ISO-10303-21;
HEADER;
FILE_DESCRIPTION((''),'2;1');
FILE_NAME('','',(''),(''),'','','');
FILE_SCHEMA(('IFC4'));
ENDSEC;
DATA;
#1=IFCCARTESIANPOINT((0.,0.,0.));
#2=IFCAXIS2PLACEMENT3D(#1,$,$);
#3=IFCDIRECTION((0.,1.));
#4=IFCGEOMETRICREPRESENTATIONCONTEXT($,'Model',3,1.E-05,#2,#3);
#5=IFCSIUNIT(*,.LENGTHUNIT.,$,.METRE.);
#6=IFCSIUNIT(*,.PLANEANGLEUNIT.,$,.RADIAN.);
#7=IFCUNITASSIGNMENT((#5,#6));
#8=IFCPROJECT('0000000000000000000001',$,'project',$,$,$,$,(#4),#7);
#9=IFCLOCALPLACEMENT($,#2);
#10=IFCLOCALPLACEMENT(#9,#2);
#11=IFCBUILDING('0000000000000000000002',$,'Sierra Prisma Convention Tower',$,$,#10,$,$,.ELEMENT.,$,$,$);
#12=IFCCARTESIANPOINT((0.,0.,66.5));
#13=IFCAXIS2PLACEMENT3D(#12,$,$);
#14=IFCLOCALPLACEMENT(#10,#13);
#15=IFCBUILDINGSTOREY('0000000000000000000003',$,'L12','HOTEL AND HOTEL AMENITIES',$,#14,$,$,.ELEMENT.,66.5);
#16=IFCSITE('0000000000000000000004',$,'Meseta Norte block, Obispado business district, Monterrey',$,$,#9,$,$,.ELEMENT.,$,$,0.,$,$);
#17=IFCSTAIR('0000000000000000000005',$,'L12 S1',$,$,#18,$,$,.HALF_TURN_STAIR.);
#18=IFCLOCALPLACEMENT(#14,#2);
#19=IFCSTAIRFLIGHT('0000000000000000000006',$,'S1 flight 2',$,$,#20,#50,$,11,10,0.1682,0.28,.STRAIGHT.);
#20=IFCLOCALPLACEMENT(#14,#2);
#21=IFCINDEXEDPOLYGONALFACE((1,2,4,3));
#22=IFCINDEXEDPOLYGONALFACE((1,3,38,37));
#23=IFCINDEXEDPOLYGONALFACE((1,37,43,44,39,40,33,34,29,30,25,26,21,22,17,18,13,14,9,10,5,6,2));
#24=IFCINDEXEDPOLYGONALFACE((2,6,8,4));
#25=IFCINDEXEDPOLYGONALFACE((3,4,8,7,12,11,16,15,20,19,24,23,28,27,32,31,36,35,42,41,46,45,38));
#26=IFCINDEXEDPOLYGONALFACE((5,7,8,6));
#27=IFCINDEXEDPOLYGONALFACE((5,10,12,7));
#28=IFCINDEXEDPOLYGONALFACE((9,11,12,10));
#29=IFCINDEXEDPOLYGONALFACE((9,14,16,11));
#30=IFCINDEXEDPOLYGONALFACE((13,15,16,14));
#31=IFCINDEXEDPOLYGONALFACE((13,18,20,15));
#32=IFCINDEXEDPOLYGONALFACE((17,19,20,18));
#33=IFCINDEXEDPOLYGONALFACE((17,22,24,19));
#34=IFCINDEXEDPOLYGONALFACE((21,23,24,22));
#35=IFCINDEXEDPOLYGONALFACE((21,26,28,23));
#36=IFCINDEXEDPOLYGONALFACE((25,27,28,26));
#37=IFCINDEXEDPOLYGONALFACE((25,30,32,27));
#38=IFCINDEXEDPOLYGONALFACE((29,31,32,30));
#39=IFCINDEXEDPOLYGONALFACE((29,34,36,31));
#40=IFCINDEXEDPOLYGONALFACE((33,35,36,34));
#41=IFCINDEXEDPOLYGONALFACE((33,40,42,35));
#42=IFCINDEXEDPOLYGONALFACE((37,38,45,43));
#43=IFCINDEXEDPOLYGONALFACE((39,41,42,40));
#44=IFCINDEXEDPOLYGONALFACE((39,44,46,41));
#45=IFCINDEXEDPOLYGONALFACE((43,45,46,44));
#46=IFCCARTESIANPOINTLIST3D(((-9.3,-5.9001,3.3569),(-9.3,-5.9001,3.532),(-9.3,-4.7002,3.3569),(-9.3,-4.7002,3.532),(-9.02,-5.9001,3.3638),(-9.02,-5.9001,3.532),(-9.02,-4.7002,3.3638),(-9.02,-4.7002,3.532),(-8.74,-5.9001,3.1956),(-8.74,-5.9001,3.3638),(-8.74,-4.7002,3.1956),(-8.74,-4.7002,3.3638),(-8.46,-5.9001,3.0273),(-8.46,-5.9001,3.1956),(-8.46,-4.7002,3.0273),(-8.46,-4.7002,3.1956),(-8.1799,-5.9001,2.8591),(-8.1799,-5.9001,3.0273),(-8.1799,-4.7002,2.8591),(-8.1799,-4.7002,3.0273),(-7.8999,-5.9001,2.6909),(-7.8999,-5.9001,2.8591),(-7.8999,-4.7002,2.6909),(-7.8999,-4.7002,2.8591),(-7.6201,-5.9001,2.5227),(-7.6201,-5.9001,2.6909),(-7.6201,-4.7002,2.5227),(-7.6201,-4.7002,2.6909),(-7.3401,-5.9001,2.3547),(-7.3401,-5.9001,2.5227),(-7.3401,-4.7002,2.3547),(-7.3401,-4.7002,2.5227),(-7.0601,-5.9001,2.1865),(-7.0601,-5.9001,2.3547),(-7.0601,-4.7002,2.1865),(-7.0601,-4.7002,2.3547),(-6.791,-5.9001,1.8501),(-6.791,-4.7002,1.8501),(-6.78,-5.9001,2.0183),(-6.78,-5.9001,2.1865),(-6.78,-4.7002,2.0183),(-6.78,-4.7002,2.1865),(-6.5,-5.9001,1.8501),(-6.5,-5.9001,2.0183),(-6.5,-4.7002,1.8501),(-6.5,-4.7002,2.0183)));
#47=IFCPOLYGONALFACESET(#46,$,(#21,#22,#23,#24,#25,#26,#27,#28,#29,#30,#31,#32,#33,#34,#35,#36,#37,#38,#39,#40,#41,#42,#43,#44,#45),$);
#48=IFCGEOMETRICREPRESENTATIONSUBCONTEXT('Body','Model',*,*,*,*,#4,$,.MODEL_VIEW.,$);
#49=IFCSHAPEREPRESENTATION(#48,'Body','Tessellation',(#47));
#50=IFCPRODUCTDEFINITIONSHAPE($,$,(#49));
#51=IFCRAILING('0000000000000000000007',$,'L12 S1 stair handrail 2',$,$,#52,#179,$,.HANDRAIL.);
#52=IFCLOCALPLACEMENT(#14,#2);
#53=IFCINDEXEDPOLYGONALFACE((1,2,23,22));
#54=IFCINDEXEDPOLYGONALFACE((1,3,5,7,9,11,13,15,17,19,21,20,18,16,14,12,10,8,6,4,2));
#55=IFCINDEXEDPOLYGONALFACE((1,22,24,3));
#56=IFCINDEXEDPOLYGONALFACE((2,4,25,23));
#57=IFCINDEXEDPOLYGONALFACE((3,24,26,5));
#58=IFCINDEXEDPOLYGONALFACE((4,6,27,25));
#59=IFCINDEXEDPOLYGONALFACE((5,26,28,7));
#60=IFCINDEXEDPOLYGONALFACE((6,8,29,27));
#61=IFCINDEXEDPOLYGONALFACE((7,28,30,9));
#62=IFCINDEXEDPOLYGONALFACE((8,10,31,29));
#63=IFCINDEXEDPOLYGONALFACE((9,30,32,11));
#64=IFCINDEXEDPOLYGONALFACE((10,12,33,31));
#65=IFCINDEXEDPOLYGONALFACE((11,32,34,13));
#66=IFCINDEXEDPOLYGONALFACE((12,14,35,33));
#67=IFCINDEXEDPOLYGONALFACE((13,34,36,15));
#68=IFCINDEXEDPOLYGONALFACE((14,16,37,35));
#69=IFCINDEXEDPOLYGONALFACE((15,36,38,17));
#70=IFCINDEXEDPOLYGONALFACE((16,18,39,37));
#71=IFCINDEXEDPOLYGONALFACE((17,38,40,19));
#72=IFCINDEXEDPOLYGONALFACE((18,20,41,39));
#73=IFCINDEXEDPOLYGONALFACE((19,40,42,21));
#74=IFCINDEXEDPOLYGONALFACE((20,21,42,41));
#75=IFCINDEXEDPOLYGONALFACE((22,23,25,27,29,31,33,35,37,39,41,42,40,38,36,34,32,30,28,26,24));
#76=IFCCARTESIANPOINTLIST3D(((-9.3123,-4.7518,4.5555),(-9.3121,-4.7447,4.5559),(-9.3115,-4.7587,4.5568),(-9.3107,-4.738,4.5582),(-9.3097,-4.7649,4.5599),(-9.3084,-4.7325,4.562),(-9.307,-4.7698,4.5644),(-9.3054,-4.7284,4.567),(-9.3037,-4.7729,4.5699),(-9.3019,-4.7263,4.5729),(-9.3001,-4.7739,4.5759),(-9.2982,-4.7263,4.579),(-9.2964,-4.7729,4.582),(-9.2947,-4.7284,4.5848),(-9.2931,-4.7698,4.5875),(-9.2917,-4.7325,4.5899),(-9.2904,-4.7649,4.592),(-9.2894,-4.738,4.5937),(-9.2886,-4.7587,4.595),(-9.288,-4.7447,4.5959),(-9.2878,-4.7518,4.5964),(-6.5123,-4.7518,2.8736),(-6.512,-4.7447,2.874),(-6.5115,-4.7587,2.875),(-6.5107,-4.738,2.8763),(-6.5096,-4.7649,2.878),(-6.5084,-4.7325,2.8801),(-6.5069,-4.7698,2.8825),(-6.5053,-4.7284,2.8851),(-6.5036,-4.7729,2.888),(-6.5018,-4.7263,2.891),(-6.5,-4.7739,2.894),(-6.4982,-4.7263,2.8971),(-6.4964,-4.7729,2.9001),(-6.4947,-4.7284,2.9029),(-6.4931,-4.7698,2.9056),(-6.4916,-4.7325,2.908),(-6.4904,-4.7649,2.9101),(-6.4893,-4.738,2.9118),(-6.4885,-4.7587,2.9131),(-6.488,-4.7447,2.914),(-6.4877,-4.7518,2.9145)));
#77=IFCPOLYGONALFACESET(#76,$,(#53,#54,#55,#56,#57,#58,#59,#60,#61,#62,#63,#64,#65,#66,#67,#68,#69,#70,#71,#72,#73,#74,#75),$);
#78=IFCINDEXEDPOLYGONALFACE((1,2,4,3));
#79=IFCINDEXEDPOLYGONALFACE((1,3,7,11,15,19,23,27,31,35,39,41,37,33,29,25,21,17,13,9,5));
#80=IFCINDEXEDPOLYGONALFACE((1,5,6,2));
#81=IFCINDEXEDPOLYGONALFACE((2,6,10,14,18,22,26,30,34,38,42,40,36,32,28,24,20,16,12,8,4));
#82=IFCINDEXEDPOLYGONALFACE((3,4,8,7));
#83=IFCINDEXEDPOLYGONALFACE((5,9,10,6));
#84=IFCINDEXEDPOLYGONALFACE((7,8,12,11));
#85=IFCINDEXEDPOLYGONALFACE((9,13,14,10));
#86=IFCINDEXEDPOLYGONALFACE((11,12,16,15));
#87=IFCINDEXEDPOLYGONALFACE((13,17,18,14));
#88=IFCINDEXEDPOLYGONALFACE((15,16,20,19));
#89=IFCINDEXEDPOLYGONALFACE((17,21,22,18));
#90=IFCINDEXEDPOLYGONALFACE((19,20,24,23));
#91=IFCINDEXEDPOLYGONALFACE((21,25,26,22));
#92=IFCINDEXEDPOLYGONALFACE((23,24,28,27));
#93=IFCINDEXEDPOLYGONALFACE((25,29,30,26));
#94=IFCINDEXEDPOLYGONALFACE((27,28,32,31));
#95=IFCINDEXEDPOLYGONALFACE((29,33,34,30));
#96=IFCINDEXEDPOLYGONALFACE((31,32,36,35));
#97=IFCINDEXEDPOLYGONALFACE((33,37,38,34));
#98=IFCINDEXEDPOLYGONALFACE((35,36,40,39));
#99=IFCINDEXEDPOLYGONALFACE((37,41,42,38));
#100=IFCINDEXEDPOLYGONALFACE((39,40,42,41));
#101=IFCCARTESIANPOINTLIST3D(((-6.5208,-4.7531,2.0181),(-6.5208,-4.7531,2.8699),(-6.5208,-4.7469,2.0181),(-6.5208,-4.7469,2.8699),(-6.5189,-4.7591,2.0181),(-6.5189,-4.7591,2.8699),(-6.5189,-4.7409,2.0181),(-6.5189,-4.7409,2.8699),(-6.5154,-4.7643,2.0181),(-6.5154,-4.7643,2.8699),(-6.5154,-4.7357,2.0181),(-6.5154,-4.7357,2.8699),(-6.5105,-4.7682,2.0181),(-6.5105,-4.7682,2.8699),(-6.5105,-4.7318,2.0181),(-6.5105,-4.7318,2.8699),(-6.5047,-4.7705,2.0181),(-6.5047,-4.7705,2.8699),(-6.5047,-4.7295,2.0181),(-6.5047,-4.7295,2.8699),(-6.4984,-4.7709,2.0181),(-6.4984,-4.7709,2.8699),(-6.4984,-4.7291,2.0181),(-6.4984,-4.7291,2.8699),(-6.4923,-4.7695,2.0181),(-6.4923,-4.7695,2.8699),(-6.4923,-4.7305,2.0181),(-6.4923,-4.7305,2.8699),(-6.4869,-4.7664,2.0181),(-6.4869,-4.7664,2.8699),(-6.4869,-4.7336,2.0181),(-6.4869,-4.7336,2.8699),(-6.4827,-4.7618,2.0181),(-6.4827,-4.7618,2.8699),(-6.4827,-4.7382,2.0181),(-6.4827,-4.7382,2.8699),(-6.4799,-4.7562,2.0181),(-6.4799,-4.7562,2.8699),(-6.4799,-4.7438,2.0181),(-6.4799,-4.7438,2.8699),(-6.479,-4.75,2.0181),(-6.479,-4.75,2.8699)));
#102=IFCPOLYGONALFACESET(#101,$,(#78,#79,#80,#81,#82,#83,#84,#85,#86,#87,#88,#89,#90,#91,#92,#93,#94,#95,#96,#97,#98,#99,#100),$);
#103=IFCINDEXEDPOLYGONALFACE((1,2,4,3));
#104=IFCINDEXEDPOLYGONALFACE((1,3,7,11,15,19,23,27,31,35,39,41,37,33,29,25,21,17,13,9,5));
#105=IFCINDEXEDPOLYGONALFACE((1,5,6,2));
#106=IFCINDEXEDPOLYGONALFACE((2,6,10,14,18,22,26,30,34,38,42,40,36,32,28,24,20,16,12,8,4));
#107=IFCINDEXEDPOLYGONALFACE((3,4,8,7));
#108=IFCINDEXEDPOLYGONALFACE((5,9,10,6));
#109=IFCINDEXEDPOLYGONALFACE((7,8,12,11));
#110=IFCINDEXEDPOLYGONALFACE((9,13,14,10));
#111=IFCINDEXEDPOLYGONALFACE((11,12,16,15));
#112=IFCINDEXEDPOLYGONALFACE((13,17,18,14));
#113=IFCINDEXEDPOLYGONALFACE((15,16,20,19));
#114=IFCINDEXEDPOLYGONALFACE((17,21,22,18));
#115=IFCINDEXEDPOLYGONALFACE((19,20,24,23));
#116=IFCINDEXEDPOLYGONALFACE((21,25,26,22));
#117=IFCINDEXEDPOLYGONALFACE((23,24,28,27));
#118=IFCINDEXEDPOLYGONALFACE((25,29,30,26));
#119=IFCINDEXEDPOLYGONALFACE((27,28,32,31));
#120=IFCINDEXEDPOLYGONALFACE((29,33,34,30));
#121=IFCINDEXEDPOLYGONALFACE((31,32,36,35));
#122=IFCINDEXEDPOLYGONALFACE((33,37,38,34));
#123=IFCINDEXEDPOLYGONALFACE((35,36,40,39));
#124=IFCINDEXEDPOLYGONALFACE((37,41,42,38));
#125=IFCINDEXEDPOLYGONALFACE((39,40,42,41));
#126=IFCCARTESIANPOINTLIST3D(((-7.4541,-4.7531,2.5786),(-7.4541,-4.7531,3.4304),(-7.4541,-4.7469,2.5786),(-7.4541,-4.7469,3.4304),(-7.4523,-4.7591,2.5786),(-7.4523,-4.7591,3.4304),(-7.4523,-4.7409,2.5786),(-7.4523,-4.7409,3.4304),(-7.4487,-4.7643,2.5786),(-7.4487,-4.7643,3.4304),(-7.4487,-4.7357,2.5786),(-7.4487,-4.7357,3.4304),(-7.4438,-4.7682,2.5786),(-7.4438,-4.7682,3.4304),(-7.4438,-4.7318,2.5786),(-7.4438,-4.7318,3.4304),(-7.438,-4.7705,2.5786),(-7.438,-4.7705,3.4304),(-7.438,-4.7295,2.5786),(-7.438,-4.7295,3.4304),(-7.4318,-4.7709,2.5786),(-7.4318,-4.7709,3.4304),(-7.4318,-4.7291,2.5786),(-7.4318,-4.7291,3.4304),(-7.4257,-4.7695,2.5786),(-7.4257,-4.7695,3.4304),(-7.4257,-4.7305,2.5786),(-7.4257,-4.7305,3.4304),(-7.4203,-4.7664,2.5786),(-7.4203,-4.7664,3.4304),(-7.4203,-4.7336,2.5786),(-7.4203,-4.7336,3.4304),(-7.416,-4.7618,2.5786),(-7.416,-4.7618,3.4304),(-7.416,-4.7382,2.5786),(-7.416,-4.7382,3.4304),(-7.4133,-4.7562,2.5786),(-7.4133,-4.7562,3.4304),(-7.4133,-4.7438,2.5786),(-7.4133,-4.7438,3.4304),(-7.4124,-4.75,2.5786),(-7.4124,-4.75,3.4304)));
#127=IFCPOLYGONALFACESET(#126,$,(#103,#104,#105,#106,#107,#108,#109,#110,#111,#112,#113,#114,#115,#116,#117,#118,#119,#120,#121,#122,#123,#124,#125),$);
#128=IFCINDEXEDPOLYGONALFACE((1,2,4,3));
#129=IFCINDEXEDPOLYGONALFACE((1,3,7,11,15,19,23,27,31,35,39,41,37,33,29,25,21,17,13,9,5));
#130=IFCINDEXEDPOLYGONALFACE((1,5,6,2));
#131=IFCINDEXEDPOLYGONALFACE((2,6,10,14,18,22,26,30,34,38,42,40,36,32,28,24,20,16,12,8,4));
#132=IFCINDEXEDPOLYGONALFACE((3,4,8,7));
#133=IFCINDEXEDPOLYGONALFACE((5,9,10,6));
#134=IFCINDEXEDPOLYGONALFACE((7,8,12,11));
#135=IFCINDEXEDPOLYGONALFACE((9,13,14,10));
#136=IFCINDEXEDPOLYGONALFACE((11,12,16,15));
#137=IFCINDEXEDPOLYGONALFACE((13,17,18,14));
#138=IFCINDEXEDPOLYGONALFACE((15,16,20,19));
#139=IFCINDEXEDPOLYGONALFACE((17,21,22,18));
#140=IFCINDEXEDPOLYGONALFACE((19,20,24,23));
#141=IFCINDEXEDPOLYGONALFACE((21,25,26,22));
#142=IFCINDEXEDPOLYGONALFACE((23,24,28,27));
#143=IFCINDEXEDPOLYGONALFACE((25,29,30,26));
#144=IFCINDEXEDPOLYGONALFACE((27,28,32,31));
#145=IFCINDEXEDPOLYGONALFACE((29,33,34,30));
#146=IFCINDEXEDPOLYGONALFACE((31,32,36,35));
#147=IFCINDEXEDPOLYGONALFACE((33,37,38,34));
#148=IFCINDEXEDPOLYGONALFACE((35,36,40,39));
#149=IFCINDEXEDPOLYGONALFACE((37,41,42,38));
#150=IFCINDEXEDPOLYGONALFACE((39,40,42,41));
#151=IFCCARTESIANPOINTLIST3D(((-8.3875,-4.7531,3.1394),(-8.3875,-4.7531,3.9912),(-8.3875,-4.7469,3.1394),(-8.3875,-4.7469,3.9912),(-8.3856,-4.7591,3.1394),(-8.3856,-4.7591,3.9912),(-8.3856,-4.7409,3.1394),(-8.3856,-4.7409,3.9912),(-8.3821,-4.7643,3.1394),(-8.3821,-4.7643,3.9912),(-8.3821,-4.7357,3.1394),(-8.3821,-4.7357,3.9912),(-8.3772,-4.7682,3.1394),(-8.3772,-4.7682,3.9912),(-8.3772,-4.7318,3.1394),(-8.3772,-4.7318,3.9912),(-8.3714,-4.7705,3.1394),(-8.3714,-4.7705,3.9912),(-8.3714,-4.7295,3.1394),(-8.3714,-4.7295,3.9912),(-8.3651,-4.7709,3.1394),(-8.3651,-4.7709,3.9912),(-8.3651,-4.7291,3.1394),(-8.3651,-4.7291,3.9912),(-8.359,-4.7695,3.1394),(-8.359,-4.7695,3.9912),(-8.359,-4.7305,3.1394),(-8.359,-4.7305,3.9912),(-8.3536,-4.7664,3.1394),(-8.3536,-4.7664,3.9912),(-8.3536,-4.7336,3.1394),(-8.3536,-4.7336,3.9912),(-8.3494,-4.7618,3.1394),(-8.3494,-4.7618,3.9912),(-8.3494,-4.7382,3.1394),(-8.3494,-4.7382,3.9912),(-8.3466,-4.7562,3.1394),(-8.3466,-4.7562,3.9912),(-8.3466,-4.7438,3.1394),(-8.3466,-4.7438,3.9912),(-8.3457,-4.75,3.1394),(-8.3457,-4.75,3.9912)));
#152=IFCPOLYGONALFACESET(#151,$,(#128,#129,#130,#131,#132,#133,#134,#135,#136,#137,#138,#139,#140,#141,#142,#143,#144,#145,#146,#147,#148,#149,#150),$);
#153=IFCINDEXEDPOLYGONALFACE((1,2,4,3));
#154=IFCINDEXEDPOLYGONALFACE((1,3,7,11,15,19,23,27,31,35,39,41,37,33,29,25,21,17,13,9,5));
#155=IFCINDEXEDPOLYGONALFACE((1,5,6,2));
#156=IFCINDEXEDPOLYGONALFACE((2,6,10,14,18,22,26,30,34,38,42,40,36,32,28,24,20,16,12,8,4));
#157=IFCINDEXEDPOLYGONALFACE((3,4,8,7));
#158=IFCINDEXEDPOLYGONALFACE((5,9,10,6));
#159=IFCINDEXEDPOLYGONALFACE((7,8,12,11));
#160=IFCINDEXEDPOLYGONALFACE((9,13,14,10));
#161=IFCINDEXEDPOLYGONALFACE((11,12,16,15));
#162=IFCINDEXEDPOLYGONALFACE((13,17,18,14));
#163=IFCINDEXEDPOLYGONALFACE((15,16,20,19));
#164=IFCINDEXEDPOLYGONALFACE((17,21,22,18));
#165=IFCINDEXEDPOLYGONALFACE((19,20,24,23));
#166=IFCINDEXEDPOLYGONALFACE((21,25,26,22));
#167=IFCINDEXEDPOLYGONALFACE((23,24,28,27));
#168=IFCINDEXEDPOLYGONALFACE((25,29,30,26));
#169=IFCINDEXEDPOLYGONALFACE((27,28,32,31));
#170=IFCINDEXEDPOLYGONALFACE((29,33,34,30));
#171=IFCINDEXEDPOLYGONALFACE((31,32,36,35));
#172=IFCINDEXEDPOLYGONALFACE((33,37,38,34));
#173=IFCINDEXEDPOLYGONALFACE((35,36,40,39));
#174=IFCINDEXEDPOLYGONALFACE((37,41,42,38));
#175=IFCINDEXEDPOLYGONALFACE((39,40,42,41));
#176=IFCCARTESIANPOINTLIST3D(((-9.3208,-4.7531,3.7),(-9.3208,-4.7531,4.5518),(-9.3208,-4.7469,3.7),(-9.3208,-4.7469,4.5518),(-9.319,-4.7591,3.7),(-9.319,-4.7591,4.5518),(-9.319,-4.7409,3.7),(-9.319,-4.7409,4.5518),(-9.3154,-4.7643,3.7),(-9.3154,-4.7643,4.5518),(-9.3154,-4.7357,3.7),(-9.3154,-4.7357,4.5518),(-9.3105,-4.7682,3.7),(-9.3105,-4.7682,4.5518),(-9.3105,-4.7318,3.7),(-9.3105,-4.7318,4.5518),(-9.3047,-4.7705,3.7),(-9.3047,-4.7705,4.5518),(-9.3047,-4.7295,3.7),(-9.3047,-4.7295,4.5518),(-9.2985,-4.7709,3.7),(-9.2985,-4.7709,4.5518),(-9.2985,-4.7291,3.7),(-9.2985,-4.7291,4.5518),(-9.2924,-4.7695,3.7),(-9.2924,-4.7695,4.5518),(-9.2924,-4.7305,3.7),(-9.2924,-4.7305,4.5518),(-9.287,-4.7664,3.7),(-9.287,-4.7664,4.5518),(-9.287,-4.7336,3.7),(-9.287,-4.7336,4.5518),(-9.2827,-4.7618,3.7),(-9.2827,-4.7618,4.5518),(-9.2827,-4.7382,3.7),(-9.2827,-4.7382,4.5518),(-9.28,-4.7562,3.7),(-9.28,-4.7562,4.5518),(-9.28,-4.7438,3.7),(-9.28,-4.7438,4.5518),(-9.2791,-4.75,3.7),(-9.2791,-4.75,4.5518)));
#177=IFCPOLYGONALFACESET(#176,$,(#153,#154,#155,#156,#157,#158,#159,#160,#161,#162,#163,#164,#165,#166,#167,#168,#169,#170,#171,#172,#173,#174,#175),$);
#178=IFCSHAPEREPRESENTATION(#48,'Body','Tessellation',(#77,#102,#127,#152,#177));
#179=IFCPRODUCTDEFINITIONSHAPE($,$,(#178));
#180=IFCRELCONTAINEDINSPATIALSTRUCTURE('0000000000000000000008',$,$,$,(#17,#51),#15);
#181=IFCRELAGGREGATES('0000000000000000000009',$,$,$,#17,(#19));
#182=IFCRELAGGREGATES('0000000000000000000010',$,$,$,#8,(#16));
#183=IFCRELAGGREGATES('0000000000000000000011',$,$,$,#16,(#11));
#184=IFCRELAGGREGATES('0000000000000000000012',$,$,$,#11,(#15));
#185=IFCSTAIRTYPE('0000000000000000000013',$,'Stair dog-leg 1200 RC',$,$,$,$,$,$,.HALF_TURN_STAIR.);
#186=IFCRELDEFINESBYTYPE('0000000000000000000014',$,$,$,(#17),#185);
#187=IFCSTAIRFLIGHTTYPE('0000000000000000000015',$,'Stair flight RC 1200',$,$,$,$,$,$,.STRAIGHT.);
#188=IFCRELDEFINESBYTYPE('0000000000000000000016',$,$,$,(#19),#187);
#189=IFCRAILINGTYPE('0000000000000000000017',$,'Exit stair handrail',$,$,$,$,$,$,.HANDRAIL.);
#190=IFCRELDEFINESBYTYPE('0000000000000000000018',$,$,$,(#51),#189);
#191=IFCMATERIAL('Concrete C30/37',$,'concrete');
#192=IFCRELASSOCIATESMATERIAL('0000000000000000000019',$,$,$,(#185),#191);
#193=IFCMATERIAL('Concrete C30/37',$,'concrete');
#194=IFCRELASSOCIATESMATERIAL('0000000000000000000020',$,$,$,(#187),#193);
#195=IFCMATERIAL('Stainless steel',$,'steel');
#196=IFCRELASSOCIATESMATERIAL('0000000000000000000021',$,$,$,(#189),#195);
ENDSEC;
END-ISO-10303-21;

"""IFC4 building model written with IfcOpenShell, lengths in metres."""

from ifc_helpers import new_model, si_unit, direction, frame, origin, origin_2d, place, context, subcontext, project, spatial, polyline, circle, outline, extrude, material, type_object, element, aggregate, save


model = new_model("IFC4")

# Units and contexts
model_context = context("Model", 3, precision=1e-05, world=origin(), true_north=direction((0.0, 1.0)))
body_context = subcontext(model_context, "Body", "Model", "MODEL_VIEW")
ifc_project = project(units=[si_unit("LENGTHUNIT", "METRE"), si_unit("PLANEANGLEUNIT", "RADIAN")], contexts=[model_context])

# Site, building, storey
site_placement = place(None, origin())
site = spatial("IfcSite", under=ifc_project, at=site_placement, Name="Meseta Norte block, Obispado business district, Monterrey", CompositionType="ELEMENT", RefElevation=0.0)
building_placement = place(site_placement, origin())
building = spatial("IfcBuilding", under=site, at=building_placement, Name="Sierra Prisma Convention Tower", CompositionType="ELEMENT")
storey_placement = place(building_placement, frame((0.0, 0.0, 66.5)))
storey = spatial("IfcBuildingStorey", under=building, at=storey_placement, Name="L12", Description="HOTEL AND HOTEL AMENITIES", CompositionType="ELEMENT", Elevation=66.5)

# Stair, stair flight
ifc_material_1 = material(Name="Concrete C30/37", Category="concrete")
stair_type = type_object("IfcStairType", Name="Stair dog-leg 1200 RC", PredefinedType="HALF_TURN_STAIR", material=ifc_material_1)
stair_placement = place(storey_placement, origin())
stair = element("IfcStair", 1, at=stair_placement, inside=storey, type_object=stair_type, Name="L12 S1", PredefinedType="HALF_TURN_STAIR")
ifc_material_2 = material(Name="Concrete C30/37", Category="concrete")
stair_flight_type = type_object("IfcStairFlightType", Name="Stair flight RC 1200", PredefinedType="STRAIGHT", material=ifc_material_2)
stair_flight_placement = place(storey_placement, frame((-6.5, -5.3, 1.8501), z_axis=(0.0, 0.0, 1.0), x_axis=(-1.0, 0.0, 0.0)))
stair_flight = element("IfcStairFlight", 2, at=stair_flight_placement, type_object=stair_flight_type, Name="S1 flight 2", NumberOfRisers=11, NumberOfTreads=10, PredefinedType="STRAIGHT", RiserHeight=0.1682, TreadLength=0.28, context=body_context, shape_type="SweptSolid", body=[
    extrude(outline(polyline([(0.0, 0.0), (0.0, 0.1682), (0.28, 0.1682), (0.28, 0.3364), (0.5601, 0.3364), (0.5601, 0.5046), (0.8401, 0.5046), (0.8401, 0.6726), (1.1201, 0.6726), (1.1201, 0.8408), (1.3999, 0.8408), (1.3999, 1.009), (1.6799, 1.009), (1.6799, 1.1772), (1.96, 1.1772), (1.96, 1.3455), (2.24, 1.3455), (2.24, 1.5137), (2.52, 1.5137), (2.52, 1.6819), (2.8, 1.6819), (2.8, 1.8501), (2.8, 1.5068), (0.291, 0.0), (0.0, 0.0)])), frame((0.0, 0.6001, 0.0), z_axis=(0.0, -1.0, 0.0), x_axis=(1.0, 0.0, 0.0)), (0.0, 0.0, 1.0), 1.2),
])
aggregate(stair, [stair_flight])

# Railing
ifc_material_3 = material(Name="Stainless steel", Category="steel")
railing_type_1 = type_object("IfcRailingType", Name="Exit stair handrail", PredefinedType="HANDRAIL", material=ifc_material_3)
railing_1_placement = place(storey_placement, frame((-6.5, -4.75, 2.0181)))
element("IfcRailing", 3, at=railing_1_placement, inside=storey, type_object=railing_type_1, Name="L12 S1 stair handrail 2", PredefinedType="HANDRAIL", context=body_context, shape_type="SweptSolid", body=[
    extrude(circle(Radius=0.0239, at=origin_2d()), frame((0.0, 0.0, 0.876), z_axis=(-0.857242, 0.0, 0.514913), x_axis=(0.0, -1.0, 0.0)), (0.0, 0.0, 1.0), 3.2664),
    extrude(circle(Radius=0.021, at=origin_2d()), origin(), (0.0, 0.0, 1.0), 0.8518),
    extrude(circle(Radius=0.021, at=origin_2d()), frame((-0.9333, 0.0, 0.5605)), (0.0, 0.0, 1.0), 0.8518),
    extrude(circle(Radius=0.021, at=origin_2d()), frame((-1.8667, 0.0, 1.1213)), (0.0, 0.0, 1.0), 0.8518),
    extrude(circle(Radius=0.021, at=origin_2d()), frame((-2.8, 0.0, 1.6819)), (0.0, 0.0, 1.0), 0.8518),
])

save(model, "model.ifc")
